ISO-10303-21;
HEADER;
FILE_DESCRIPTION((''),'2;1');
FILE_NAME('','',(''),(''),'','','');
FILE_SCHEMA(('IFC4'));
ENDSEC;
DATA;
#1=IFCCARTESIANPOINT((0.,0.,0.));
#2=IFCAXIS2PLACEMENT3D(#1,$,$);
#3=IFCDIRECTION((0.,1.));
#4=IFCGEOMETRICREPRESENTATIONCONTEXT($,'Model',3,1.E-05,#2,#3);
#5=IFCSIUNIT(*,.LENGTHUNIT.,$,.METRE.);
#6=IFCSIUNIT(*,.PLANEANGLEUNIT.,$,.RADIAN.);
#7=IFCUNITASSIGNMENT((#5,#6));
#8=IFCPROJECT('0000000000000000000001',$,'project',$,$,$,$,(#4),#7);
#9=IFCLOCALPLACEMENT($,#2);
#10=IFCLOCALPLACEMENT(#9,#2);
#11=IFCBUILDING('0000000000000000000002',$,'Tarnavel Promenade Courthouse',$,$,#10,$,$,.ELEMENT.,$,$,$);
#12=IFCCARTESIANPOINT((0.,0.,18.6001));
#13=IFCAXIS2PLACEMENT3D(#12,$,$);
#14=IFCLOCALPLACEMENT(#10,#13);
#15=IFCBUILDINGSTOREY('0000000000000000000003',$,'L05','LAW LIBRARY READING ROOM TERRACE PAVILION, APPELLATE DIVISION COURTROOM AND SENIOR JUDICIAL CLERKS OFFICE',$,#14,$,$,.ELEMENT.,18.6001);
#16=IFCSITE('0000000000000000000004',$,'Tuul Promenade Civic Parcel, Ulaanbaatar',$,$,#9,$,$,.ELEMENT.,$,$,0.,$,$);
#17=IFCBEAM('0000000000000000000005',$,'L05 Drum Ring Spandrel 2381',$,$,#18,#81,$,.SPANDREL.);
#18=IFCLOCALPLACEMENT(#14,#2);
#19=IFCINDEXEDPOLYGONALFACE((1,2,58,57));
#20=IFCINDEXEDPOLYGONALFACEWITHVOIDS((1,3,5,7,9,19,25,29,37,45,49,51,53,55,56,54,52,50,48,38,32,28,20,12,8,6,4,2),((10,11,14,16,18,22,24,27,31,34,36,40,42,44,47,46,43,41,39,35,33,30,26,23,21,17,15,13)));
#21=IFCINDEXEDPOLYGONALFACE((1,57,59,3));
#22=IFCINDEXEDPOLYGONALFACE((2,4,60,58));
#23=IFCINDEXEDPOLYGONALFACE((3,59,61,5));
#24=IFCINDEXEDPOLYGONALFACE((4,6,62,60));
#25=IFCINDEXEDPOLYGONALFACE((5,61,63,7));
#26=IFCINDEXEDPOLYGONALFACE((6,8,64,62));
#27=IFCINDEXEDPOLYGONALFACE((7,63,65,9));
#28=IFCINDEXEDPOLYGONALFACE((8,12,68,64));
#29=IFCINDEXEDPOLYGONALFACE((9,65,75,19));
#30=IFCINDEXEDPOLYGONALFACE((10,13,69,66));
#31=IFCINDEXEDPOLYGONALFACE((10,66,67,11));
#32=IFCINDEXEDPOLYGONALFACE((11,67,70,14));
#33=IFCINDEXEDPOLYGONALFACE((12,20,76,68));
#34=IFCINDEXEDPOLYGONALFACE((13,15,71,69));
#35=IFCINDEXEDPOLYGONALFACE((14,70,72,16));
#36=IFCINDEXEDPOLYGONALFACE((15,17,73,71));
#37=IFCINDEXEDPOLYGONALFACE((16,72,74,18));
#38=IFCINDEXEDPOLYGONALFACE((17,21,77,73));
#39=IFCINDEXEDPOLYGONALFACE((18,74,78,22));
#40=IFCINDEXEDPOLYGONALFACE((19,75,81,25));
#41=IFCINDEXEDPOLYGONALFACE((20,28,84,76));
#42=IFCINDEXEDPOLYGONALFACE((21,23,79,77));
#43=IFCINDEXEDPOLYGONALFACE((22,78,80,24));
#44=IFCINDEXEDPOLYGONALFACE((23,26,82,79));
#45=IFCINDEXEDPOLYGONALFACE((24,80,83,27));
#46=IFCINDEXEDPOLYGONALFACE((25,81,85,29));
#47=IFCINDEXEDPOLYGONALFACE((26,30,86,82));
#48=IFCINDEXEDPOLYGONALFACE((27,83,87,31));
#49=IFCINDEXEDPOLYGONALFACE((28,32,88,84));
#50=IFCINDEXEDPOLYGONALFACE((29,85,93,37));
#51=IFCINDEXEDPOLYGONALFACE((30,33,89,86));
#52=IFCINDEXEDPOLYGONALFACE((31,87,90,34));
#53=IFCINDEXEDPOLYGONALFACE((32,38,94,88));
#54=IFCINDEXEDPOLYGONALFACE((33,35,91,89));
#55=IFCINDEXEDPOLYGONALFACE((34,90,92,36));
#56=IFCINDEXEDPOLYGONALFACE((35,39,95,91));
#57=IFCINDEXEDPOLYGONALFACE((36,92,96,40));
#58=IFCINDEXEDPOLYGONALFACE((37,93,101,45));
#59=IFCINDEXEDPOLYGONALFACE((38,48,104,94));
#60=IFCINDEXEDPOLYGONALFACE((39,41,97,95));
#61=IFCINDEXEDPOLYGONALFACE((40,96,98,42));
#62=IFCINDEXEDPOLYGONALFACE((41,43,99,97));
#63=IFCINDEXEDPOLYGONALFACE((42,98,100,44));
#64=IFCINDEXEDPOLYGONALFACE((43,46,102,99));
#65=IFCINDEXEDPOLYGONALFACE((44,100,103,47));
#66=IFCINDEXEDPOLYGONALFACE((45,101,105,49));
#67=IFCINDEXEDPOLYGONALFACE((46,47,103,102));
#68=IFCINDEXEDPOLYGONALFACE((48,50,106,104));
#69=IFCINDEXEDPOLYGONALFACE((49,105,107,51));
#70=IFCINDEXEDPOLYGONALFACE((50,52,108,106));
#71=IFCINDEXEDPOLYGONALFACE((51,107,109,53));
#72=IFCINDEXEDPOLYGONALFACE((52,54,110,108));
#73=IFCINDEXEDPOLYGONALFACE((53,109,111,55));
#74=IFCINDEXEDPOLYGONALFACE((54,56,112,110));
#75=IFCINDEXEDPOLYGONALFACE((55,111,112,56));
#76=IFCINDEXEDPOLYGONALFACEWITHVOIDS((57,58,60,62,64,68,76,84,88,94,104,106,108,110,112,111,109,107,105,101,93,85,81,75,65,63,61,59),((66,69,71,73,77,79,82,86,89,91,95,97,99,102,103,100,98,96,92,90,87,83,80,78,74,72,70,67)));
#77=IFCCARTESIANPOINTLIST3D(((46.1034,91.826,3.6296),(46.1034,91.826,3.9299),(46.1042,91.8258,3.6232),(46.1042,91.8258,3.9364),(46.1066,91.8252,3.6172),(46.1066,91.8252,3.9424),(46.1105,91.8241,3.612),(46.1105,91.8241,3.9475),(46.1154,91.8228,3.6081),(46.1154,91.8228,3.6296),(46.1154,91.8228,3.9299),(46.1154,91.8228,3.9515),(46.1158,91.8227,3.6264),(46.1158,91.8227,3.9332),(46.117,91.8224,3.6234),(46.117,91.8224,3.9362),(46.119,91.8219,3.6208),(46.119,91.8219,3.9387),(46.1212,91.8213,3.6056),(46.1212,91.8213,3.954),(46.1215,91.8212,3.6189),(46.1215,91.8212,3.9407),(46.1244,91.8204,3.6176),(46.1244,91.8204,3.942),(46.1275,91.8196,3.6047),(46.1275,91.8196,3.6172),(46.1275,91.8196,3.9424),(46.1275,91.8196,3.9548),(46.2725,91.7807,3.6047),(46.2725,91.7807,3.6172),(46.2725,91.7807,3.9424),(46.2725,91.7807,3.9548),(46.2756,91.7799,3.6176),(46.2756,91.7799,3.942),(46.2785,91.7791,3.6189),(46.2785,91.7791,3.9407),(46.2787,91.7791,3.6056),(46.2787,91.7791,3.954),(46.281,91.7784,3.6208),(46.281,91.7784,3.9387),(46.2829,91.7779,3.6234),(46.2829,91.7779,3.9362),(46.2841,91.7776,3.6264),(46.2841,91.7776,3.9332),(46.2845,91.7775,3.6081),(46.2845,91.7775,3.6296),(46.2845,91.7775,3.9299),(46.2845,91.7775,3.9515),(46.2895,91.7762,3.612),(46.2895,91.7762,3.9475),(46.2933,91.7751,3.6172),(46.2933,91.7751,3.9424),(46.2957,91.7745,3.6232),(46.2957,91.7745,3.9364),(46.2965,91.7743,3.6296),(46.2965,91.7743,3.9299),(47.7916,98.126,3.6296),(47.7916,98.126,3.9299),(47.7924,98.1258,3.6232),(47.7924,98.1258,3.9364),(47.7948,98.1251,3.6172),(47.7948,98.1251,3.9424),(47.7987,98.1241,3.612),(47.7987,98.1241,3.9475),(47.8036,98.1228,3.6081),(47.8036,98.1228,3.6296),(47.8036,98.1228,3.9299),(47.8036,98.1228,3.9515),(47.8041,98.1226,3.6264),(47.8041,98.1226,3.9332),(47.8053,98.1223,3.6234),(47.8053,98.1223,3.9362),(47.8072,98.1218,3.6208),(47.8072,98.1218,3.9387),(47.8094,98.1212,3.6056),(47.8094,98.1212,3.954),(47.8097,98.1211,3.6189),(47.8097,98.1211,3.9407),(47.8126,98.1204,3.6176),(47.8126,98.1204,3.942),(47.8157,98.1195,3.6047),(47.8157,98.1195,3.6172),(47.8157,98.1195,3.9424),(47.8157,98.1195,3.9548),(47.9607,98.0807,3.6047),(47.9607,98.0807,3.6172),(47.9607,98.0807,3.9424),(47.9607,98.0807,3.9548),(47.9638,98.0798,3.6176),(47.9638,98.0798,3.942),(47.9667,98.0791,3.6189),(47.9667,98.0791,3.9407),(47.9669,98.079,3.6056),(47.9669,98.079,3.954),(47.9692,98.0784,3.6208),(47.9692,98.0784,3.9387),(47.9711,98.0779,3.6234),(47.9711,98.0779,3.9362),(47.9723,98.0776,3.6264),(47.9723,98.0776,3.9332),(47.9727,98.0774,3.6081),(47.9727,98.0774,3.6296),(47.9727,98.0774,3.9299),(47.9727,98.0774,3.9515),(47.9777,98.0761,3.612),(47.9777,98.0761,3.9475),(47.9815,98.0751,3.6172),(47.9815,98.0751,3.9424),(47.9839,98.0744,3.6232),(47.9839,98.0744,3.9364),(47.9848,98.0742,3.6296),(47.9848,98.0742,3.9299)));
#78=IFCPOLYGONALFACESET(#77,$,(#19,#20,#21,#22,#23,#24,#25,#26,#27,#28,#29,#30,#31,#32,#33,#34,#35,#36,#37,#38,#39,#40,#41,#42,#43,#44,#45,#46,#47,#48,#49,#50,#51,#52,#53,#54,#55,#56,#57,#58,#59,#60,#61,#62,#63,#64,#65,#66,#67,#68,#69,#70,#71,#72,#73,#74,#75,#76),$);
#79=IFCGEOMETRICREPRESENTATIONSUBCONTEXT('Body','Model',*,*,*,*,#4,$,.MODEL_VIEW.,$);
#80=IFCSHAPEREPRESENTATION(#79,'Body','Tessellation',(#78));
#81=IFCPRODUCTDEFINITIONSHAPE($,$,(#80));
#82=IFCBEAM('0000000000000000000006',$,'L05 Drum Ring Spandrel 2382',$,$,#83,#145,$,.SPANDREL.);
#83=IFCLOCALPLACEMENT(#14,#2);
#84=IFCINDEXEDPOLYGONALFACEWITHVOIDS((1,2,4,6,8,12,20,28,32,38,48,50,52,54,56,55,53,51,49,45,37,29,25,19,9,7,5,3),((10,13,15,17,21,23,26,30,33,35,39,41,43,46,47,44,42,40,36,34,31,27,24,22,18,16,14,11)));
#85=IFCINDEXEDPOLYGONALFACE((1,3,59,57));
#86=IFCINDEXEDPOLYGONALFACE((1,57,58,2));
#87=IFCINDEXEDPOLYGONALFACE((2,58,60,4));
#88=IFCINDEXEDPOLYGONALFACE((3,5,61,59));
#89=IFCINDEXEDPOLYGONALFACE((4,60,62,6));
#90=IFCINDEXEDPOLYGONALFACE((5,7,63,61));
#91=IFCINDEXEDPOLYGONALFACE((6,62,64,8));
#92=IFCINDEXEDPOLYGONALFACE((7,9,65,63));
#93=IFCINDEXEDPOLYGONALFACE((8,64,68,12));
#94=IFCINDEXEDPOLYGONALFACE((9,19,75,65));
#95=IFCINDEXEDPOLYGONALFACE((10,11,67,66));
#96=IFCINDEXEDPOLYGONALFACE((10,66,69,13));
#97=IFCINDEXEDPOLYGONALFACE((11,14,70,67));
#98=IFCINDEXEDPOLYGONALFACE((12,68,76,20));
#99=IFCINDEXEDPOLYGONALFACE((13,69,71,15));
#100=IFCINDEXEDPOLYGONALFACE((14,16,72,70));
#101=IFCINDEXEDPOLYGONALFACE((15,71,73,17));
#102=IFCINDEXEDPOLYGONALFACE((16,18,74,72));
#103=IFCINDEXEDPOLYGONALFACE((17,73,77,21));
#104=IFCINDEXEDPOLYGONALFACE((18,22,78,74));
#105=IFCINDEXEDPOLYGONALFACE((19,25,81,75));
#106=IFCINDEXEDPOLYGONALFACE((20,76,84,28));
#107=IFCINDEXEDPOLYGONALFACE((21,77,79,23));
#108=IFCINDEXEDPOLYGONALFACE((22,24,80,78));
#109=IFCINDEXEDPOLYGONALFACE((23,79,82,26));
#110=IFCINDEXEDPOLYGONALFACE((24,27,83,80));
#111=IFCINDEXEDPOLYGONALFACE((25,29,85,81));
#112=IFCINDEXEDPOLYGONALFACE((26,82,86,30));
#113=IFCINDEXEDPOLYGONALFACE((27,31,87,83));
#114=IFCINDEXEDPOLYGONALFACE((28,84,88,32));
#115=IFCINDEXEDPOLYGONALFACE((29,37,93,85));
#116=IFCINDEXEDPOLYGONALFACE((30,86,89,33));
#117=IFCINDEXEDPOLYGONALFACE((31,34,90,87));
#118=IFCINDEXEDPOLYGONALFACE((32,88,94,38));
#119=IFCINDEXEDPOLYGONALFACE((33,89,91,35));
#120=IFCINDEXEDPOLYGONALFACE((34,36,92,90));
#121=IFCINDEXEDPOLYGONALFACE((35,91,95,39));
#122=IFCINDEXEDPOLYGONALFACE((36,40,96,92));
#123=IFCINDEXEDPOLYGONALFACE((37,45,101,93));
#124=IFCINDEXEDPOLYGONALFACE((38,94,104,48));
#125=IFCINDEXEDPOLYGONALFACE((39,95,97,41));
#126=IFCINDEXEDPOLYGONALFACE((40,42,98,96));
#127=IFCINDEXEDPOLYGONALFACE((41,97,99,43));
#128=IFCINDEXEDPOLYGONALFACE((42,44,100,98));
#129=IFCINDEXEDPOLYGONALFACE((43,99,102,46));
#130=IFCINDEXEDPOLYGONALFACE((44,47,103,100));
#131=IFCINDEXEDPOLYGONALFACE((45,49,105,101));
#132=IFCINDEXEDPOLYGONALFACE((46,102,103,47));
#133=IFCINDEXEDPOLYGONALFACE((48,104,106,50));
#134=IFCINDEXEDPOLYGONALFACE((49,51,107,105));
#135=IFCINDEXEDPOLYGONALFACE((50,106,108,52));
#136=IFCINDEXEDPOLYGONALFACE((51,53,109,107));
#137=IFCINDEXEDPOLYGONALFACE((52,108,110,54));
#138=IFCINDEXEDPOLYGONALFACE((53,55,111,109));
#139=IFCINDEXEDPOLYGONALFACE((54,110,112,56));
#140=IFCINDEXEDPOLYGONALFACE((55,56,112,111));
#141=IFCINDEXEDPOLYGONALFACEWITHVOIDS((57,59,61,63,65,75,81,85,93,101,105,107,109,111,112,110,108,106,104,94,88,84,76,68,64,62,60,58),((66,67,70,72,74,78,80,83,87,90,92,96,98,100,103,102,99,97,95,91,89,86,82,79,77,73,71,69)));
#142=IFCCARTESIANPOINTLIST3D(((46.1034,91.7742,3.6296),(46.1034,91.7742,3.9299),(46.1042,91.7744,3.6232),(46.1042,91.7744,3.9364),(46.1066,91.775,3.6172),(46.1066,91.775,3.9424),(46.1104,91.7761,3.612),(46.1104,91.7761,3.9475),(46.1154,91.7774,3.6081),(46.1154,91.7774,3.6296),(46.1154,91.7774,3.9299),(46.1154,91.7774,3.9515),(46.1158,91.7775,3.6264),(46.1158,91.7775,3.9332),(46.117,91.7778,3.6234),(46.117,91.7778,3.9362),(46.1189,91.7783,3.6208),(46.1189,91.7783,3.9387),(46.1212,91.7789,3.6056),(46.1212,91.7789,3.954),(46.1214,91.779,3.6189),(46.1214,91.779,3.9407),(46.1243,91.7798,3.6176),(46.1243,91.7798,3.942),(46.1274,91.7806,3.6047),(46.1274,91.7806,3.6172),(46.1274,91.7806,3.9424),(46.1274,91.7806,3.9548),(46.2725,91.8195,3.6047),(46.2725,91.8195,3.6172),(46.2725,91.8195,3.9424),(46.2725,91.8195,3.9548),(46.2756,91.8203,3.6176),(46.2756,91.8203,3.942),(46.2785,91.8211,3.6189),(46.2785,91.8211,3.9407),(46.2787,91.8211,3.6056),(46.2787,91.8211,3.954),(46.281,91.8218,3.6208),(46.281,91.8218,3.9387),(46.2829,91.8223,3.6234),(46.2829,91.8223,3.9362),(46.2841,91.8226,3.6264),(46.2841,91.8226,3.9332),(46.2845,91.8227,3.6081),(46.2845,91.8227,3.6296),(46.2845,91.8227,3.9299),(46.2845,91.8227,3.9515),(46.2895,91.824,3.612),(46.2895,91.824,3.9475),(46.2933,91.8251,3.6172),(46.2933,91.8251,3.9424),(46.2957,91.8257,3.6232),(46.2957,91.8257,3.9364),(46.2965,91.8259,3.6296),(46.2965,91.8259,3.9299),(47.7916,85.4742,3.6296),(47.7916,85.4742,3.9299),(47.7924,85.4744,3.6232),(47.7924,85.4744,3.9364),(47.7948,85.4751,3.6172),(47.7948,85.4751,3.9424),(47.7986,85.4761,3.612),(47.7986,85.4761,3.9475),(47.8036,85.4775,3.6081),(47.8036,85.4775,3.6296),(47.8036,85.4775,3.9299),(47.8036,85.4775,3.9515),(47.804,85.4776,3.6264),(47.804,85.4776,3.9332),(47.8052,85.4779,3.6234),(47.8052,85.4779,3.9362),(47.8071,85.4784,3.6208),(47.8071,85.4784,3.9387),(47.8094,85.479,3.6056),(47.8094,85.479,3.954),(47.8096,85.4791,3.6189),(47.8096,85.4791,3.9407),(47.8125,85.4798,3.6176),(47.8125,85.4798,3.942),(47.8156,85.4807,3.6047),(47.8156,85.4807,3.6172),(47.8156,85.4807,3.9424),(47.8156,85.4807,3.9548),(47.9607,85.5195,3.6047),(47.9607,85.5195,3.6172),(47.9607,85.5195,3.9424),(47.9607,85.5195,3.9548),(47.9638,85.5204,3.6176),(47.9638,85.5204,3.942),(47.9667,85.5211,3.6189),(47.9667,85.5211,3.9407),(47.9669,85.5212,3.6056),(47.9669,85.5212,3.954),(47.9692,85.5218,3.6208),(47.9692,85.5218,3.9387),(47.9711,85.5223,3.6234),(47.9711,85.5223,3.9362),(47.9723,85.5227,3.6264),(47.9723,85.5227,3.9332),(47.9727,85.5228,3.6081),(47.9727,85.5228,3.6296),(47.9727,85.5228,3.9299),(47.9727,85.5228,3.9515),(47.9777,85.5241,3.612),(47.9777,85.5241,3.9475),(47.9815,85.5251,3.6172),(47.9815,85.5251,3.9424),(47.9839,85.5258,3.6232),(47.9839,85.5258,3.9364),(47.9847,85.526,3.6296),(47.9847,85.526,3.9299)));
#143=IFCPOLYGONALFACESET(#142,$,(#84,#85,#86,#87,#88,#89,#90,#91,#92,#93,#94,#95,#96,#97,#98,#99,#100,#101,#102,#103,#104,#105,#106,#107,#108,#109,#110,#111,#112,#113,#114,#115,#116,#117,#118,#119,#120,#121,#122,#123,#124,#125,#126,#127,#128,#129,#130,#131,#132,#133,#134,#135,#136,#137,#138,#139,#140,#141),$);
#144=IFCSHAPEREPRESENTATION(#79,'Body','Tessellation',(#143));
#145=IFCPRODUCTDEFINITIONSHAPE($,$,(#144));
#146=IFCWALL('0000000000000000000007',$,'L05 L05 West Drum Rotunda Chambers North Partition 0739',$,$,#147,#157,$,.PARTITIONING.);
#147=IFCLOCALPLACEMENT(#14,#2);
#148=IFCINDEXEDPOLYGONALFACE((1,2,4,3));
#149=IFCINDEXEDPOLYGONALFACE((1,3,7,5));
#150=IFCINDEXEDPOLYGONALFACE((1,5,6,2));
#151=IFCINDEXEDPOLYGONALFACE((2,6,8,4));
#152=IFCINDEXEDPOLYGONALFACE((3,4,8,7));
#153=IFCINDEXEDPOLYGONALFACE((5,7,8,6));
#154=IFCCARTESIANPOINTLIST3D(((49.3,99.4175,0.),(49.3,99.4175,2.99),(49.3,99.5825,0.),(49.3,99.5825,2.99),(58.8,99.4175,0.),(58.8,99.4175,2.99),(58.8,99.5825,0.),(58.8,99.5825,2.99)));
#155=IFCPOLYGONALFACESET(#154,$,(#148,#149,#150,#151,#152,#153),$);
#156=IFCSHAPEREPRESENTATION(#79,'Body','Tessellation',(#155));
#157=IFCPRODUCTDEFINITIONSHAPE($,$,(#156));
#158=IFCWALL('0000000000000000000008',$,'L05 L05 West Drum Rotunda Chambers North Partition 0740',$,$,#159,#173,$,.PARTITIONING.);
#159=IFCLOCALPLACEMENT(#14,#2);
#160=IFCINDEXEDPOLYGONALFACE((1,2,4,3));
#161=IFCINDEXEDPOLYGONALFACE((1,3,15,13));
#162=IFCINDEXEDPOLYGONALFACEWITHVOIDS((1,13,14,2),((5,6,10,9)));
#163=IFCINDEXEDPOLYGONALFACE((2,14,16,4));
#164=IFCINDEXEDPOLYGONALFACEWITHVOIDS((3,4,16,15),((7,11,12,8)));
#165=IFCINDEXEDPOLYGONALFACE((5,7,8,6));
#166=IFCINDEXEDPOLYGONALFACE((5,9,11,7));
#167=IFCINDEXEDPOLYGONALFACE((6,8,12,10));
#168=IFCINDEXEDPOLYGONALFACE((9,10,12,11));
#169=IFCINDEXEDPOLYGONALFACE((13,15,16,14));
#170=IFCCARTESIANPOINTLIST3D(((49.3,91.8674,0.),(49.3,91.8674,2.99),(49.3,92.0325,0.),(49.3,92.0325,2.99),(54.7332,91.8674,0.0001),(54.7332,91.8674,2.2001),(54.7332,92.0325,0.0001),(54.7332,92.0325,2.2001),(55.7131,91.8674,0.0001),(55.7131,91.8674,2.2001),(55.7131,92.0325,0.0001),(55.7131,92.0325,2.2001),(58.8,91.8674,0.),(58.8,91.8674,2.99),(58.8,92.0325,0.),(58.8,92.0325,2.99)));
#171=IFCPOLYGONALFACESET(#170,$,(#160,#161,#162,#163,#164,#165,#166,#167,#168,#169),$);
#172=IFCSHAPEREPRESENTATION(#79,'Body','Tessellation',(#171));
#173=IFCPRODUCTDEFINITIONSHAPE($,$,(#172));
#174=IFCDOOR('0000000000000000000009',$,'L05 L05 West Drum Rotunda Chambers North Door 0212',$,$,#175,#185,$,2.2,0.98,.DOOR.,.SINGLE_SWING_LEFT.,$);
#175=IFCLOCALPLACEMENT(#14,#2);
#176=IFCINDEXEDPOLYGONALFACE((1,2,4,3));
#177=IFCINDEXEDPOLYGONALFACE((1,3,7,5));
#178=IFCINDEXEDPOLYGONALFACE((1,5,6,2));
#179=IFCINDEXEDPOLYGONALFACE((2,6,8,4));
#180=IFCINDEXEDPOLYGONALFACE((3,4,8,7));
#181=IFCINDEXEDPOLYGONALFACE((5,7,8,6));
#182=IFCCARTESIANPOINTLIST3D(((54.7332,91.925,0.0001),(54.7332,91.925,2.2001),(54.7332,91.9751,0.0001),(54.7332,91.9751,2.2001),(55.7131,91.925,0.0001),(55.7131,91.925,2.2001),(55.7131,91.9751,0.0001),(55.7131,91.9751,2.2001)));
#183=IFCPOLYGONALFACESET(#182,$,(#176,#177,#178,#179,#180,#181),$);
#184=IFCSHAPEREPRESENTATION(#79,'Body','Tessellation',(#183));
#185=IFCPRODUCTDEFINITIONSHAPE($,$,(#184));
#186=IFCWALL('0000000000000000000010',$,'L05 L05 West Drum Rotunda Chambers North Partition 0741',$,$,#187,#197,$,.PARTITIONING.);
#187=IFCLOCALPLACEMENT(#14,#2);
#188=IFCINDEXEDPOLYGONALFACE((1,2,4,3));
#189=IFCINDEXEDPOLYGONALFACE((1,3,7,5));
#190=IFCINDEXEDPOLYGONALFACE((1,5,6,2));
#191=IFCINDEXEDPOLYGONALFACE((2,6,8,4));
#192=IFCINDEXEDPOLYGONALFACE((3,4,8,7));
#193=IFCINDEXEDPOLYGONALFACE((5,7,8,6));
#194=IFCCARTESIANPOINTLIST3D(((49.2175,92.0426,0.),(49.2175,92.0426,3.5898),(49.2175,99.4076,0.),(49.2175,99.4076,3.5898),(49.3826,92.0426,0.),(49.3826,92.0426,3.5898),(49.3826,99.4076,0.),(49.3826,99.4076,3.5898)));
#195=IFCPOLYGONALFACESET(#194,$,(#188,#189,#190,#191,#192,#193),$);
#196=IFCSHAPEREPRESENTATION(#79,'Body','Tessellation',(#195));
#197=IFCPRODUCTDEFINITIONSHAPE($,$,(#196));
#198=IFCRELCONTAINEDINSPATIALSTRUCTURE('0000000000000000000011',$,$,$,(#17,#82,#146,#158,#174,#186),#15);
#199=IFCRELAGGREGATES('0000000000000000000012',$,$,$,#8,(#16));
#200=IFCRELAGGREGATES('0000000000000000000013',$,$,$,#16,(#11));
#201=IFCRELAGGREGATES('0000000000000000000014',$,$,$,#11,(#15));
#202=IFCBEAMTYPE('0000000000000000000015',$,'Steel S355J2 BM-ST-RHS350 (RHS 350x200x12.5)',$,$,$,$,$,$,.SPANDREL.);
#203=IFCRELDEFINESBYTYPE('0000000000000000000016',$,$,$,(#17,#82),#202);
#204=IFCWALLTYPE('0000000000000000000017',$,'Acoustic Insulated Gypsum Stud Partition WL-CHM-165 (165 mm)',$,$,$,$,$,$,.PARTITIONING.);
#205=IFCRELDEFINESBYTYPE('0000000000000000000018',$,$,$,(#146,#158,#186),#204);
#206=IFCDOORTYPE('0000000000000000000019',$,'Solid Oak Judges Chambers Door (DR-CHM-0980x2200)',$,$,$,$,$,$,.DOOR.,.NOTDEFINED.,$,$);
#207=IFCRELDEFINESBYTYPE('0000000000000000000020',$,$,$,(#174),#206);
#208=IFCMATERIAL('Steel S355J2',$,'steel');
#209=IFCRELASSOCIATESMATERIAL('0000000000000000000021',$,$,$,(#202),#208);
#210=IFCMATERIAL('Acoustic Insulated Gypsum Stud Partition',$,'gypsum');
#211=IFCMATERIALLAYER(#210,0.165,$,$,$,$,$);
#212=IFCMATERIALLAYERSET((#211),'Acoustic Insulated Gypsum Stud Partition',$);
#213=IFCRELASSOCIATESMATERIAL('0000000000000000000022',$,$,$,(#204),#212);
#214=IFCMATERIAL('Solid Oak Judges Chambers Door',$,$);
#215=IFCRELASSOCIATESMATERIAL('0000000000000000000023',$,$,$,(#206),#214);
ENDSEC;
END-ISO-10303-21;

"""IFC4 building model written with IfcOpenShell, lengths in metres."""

from ifc_helpers import new_model, si_unit, direction, frame, frame_2d, origin, origin_2d, place, context, subcontext, project, spatial, rectangle, hollow_rectangle, extrude, material, layer, layer_set, material_profile, profile_set, type_object, element, fill, save


model = new_model("IFC4")

# Units and contexts
model_context = context("Model", 3, precision=1e-05, world=origin(), true_north=direction((0.0, 1.0)))
body_context = subcontext(model_context, "Body", "Model", "MODEL_VIEW")
ifc_project = project(units=[si_unit("LENGTHUNIT", "METRE"), si_unit("PLANEANGLEUNIT", "RADIAN")], contexts=[model_context])

# Site, building, storey
site_placement = place(None, origin())
site = spatial("IfcSite", under=ifc_project, at=site_placement, Name="Tuul Promenade Civic Parcel, Ulaanbaatar", CompositionType="ELEMENT", RefElevation=0.0)
building_placement = place(site_placement, origin())
building = spatial("IfcBuilding", under=site, at=building_placement, Name="Tarnavel Promenade Courthouse", CompositionType="ELEMENT")
storey_placement = place(building_placement, frame((0.0, 0.0, 18.6001)))
storey = spatial("IfcBuildingStorey", under=building, at=storey_placement, Name="L05", Description="LAW LIBRARY READING ROOM TERRACE PAVILION, APPELLATE DIVISION COURTROOM AND SENIOR JUDICIAL CLERKS OFFICE", CompositionType="ELEMENT", Elevation=18.6001)

# Beams
ifc_material_1 = material(Name="Steel S355J2", Category="steel")
ifc_material_profile_1 = material_profile(ifc_material_1, hollow_rectangle(XDim=0.2, YDim=0.3501, WallThickness=0.0125, InnerFilletRadius=0.0125, OuterFilletRadius=0.0249, at=origin_2d()), Name="RHS 350x200x12.5")
ifc_profile_set_1 = profile_set([ifc_material_profile_1], Name="Steel S355J2")
beam_type_1 = type_object("IfcBeamType", Name="Steel S355J2 BM-ST-RHS350 (RHS 350x200x12.5)", PredefinedType="SPANDREL", material=ifc_profile_set_1)
for number, where, z_axis, x_axis, name in (
    (1, (47.8882, 98.1001, 3.7798), (-0.258839, -0.96592, 0.0), (0.96592, -0.258839, 0.0), "L05 Drum Ring Spandrel 2381"),
    (2, (46.2, 91.8, 3.7798), (0.258839, -0.96592, 0.0), (0.96592, 0.258839, 0.0), "L05 Drum Ring Spandrel 2382"),
):
    element("IfcBeam", number, at=place(storey_placement, frame(where, z_axis=z_axis, x_axis=x_axis)), inside=storey, type_object=beam_type_1, Name=name, PredefinedType="SPANDREL", context=body_context, shape_type="SweptSolid", body=[
        extrude(hollow_rectangle(XDim=0.2, YDim=0.3501, WallThickness=0.0125, InnerFilletRadius=0.0125, OuterFilletRadius=0.0249, at=origin_2d()), origin(), (0.0, 0.0, 1.0), 6.5222),
    ])

# Wall
ifc_material_2 = material(Name="Acoustic Insulated Gypsum Stud Partition", Category="gypsum")
ifc_layer_1 = layer(ifc_material_2, 0.165)
ifc_layer_set_1 = layer_set([ifc_layer_1], Name="Acoustic Insulated Gypsum Stud Partition")
wall_type_1 = type_object("IfcWallType", Name="Acoustic Insulated Gypsum Stud Partition WL-CHM-165 (165 mm)", PredefinedType="PARTITIONING", material=ifc_layer_set_1)
wall_1_placement = place(storey_placement, frame((49.3, 99.5, 0.0), z_axis=(0.0, 0.0, 1.0), x_axis=(1.0, 0.0, 0.0)))
element("IfcWall", 3, at=wall_1_placement, inside=storey, type_object=wall_type_1, Name="L05 L05 West Drum Rotunda Chambers North Partition 0739", PredefinedType="PARTITIONING", context=body_context, shape_type="SweptSolid", body=[
    extrude(rectangle(XDim=9.5, YDim=0.165, at=frame_2d((4.75, 0.0))), origin(), (0.0, 0.0, 1.0), 2.99),
])

# Wall, opening, door
wall_2_placement = place(storey_placement, frame((58.8, 91.95, 0.0), z_axis=(0.0, 0.0, 1.0), x_axis=(-1.0, 0.0, 0.0)))
wall_2 = element("IfcWall", 4, at=wall_2_placement, inside=storey, type_object=wall_type_1, Name="L05 L05 West Drum Rotunda Chambers North Partition 0740", PredefinedType="PARTITIONING", context=body_context, shape_type="SweptSolid", body=[
    extrude(rectangle(XDim=9.5, YDim=0.165, at=frame_2d((4.75, 0.0))), origin(), (0.0, 0.0, 1.0), 2.99),
])
opening_1_placement = place(wall_2_placement, frame((3.0869, 0.0, 0.0)))
opening_1 = element("IfcOpeningElement", 5, at=opening_1_placement, cuts=wall_2, PredefinedType="OPENING", context=body_context, shape_type="SweptSolid", body=[
    extrude(rectangle(XDim=0.98, YDim=2.2, at=frame_2d((0.49, 1.1001))), frame((0.0, 0.0925, 0.0), z_axis=(0.0, -1.0, 0.0), x_axis=(1.0, 0.0, 0.0)), (0.0, 0.0, 1.0), 0.1851),
])
ifc_material_3 = material(Name="Solid Oak Judges Chambers Door")
door_type = type_object("IfcDoorType", Name="Solid Oak Judges Chambers Door (DR-CHM-0980x2200)", OperationType="NOTDEFINED", PredefinedType="DOOR", material=ifc_material_3)
door_placement = place(opening_1_placement, origin())
door = element("IfcDoor", 6, at=door_placement, inside=storey, type_object=door_type, Name="L05 L05 West Drum Rotunda Chambers North Door 0212", OperationType="SINGLE_SWING_LEFT", OverallHeight=2.2, OverallWidth=0.98, PredefinedType="DOOR", context=body_context, shape_type="SweptSolid", body=[
    extrude(rectangle(XDim=0.98, YDim=2.2, at=frame_2d((0.49, 1.1001))), frame((0.0, 0.0249, 0.0), z_axis=(0.0, -1.0, 0.0), x_axis=(1.0, 0.0, 0.0)), (0.0, 0.0, 1.0), 0.05),
])
fill(opening_1, door)

# Wall
wall_3_placement = place(storey_placement, frame((49.3, 92.0425, 0.0), z_axis=(0.0, 0.0, 1.0), x_axis=(0.0, 1.0, 0.0)))
element("IfcWall", 7, at=wall_3_placement, inside=storey, type_object=wall_type_1, Name="L05 L05 West Drum Rotunda Chambers North Partition 0741", PredefinedType="PARTITIONING", context=body_context, shape_type="SweptSolid", body=[
    extrude(rectangle(XDim=7.365, YDim=0.165, at=frame_2d((3.6826, 0.0))), origin(), (0.0, 0.0, 1.0), 3.5898),
])

save(model, "model.ifc")
